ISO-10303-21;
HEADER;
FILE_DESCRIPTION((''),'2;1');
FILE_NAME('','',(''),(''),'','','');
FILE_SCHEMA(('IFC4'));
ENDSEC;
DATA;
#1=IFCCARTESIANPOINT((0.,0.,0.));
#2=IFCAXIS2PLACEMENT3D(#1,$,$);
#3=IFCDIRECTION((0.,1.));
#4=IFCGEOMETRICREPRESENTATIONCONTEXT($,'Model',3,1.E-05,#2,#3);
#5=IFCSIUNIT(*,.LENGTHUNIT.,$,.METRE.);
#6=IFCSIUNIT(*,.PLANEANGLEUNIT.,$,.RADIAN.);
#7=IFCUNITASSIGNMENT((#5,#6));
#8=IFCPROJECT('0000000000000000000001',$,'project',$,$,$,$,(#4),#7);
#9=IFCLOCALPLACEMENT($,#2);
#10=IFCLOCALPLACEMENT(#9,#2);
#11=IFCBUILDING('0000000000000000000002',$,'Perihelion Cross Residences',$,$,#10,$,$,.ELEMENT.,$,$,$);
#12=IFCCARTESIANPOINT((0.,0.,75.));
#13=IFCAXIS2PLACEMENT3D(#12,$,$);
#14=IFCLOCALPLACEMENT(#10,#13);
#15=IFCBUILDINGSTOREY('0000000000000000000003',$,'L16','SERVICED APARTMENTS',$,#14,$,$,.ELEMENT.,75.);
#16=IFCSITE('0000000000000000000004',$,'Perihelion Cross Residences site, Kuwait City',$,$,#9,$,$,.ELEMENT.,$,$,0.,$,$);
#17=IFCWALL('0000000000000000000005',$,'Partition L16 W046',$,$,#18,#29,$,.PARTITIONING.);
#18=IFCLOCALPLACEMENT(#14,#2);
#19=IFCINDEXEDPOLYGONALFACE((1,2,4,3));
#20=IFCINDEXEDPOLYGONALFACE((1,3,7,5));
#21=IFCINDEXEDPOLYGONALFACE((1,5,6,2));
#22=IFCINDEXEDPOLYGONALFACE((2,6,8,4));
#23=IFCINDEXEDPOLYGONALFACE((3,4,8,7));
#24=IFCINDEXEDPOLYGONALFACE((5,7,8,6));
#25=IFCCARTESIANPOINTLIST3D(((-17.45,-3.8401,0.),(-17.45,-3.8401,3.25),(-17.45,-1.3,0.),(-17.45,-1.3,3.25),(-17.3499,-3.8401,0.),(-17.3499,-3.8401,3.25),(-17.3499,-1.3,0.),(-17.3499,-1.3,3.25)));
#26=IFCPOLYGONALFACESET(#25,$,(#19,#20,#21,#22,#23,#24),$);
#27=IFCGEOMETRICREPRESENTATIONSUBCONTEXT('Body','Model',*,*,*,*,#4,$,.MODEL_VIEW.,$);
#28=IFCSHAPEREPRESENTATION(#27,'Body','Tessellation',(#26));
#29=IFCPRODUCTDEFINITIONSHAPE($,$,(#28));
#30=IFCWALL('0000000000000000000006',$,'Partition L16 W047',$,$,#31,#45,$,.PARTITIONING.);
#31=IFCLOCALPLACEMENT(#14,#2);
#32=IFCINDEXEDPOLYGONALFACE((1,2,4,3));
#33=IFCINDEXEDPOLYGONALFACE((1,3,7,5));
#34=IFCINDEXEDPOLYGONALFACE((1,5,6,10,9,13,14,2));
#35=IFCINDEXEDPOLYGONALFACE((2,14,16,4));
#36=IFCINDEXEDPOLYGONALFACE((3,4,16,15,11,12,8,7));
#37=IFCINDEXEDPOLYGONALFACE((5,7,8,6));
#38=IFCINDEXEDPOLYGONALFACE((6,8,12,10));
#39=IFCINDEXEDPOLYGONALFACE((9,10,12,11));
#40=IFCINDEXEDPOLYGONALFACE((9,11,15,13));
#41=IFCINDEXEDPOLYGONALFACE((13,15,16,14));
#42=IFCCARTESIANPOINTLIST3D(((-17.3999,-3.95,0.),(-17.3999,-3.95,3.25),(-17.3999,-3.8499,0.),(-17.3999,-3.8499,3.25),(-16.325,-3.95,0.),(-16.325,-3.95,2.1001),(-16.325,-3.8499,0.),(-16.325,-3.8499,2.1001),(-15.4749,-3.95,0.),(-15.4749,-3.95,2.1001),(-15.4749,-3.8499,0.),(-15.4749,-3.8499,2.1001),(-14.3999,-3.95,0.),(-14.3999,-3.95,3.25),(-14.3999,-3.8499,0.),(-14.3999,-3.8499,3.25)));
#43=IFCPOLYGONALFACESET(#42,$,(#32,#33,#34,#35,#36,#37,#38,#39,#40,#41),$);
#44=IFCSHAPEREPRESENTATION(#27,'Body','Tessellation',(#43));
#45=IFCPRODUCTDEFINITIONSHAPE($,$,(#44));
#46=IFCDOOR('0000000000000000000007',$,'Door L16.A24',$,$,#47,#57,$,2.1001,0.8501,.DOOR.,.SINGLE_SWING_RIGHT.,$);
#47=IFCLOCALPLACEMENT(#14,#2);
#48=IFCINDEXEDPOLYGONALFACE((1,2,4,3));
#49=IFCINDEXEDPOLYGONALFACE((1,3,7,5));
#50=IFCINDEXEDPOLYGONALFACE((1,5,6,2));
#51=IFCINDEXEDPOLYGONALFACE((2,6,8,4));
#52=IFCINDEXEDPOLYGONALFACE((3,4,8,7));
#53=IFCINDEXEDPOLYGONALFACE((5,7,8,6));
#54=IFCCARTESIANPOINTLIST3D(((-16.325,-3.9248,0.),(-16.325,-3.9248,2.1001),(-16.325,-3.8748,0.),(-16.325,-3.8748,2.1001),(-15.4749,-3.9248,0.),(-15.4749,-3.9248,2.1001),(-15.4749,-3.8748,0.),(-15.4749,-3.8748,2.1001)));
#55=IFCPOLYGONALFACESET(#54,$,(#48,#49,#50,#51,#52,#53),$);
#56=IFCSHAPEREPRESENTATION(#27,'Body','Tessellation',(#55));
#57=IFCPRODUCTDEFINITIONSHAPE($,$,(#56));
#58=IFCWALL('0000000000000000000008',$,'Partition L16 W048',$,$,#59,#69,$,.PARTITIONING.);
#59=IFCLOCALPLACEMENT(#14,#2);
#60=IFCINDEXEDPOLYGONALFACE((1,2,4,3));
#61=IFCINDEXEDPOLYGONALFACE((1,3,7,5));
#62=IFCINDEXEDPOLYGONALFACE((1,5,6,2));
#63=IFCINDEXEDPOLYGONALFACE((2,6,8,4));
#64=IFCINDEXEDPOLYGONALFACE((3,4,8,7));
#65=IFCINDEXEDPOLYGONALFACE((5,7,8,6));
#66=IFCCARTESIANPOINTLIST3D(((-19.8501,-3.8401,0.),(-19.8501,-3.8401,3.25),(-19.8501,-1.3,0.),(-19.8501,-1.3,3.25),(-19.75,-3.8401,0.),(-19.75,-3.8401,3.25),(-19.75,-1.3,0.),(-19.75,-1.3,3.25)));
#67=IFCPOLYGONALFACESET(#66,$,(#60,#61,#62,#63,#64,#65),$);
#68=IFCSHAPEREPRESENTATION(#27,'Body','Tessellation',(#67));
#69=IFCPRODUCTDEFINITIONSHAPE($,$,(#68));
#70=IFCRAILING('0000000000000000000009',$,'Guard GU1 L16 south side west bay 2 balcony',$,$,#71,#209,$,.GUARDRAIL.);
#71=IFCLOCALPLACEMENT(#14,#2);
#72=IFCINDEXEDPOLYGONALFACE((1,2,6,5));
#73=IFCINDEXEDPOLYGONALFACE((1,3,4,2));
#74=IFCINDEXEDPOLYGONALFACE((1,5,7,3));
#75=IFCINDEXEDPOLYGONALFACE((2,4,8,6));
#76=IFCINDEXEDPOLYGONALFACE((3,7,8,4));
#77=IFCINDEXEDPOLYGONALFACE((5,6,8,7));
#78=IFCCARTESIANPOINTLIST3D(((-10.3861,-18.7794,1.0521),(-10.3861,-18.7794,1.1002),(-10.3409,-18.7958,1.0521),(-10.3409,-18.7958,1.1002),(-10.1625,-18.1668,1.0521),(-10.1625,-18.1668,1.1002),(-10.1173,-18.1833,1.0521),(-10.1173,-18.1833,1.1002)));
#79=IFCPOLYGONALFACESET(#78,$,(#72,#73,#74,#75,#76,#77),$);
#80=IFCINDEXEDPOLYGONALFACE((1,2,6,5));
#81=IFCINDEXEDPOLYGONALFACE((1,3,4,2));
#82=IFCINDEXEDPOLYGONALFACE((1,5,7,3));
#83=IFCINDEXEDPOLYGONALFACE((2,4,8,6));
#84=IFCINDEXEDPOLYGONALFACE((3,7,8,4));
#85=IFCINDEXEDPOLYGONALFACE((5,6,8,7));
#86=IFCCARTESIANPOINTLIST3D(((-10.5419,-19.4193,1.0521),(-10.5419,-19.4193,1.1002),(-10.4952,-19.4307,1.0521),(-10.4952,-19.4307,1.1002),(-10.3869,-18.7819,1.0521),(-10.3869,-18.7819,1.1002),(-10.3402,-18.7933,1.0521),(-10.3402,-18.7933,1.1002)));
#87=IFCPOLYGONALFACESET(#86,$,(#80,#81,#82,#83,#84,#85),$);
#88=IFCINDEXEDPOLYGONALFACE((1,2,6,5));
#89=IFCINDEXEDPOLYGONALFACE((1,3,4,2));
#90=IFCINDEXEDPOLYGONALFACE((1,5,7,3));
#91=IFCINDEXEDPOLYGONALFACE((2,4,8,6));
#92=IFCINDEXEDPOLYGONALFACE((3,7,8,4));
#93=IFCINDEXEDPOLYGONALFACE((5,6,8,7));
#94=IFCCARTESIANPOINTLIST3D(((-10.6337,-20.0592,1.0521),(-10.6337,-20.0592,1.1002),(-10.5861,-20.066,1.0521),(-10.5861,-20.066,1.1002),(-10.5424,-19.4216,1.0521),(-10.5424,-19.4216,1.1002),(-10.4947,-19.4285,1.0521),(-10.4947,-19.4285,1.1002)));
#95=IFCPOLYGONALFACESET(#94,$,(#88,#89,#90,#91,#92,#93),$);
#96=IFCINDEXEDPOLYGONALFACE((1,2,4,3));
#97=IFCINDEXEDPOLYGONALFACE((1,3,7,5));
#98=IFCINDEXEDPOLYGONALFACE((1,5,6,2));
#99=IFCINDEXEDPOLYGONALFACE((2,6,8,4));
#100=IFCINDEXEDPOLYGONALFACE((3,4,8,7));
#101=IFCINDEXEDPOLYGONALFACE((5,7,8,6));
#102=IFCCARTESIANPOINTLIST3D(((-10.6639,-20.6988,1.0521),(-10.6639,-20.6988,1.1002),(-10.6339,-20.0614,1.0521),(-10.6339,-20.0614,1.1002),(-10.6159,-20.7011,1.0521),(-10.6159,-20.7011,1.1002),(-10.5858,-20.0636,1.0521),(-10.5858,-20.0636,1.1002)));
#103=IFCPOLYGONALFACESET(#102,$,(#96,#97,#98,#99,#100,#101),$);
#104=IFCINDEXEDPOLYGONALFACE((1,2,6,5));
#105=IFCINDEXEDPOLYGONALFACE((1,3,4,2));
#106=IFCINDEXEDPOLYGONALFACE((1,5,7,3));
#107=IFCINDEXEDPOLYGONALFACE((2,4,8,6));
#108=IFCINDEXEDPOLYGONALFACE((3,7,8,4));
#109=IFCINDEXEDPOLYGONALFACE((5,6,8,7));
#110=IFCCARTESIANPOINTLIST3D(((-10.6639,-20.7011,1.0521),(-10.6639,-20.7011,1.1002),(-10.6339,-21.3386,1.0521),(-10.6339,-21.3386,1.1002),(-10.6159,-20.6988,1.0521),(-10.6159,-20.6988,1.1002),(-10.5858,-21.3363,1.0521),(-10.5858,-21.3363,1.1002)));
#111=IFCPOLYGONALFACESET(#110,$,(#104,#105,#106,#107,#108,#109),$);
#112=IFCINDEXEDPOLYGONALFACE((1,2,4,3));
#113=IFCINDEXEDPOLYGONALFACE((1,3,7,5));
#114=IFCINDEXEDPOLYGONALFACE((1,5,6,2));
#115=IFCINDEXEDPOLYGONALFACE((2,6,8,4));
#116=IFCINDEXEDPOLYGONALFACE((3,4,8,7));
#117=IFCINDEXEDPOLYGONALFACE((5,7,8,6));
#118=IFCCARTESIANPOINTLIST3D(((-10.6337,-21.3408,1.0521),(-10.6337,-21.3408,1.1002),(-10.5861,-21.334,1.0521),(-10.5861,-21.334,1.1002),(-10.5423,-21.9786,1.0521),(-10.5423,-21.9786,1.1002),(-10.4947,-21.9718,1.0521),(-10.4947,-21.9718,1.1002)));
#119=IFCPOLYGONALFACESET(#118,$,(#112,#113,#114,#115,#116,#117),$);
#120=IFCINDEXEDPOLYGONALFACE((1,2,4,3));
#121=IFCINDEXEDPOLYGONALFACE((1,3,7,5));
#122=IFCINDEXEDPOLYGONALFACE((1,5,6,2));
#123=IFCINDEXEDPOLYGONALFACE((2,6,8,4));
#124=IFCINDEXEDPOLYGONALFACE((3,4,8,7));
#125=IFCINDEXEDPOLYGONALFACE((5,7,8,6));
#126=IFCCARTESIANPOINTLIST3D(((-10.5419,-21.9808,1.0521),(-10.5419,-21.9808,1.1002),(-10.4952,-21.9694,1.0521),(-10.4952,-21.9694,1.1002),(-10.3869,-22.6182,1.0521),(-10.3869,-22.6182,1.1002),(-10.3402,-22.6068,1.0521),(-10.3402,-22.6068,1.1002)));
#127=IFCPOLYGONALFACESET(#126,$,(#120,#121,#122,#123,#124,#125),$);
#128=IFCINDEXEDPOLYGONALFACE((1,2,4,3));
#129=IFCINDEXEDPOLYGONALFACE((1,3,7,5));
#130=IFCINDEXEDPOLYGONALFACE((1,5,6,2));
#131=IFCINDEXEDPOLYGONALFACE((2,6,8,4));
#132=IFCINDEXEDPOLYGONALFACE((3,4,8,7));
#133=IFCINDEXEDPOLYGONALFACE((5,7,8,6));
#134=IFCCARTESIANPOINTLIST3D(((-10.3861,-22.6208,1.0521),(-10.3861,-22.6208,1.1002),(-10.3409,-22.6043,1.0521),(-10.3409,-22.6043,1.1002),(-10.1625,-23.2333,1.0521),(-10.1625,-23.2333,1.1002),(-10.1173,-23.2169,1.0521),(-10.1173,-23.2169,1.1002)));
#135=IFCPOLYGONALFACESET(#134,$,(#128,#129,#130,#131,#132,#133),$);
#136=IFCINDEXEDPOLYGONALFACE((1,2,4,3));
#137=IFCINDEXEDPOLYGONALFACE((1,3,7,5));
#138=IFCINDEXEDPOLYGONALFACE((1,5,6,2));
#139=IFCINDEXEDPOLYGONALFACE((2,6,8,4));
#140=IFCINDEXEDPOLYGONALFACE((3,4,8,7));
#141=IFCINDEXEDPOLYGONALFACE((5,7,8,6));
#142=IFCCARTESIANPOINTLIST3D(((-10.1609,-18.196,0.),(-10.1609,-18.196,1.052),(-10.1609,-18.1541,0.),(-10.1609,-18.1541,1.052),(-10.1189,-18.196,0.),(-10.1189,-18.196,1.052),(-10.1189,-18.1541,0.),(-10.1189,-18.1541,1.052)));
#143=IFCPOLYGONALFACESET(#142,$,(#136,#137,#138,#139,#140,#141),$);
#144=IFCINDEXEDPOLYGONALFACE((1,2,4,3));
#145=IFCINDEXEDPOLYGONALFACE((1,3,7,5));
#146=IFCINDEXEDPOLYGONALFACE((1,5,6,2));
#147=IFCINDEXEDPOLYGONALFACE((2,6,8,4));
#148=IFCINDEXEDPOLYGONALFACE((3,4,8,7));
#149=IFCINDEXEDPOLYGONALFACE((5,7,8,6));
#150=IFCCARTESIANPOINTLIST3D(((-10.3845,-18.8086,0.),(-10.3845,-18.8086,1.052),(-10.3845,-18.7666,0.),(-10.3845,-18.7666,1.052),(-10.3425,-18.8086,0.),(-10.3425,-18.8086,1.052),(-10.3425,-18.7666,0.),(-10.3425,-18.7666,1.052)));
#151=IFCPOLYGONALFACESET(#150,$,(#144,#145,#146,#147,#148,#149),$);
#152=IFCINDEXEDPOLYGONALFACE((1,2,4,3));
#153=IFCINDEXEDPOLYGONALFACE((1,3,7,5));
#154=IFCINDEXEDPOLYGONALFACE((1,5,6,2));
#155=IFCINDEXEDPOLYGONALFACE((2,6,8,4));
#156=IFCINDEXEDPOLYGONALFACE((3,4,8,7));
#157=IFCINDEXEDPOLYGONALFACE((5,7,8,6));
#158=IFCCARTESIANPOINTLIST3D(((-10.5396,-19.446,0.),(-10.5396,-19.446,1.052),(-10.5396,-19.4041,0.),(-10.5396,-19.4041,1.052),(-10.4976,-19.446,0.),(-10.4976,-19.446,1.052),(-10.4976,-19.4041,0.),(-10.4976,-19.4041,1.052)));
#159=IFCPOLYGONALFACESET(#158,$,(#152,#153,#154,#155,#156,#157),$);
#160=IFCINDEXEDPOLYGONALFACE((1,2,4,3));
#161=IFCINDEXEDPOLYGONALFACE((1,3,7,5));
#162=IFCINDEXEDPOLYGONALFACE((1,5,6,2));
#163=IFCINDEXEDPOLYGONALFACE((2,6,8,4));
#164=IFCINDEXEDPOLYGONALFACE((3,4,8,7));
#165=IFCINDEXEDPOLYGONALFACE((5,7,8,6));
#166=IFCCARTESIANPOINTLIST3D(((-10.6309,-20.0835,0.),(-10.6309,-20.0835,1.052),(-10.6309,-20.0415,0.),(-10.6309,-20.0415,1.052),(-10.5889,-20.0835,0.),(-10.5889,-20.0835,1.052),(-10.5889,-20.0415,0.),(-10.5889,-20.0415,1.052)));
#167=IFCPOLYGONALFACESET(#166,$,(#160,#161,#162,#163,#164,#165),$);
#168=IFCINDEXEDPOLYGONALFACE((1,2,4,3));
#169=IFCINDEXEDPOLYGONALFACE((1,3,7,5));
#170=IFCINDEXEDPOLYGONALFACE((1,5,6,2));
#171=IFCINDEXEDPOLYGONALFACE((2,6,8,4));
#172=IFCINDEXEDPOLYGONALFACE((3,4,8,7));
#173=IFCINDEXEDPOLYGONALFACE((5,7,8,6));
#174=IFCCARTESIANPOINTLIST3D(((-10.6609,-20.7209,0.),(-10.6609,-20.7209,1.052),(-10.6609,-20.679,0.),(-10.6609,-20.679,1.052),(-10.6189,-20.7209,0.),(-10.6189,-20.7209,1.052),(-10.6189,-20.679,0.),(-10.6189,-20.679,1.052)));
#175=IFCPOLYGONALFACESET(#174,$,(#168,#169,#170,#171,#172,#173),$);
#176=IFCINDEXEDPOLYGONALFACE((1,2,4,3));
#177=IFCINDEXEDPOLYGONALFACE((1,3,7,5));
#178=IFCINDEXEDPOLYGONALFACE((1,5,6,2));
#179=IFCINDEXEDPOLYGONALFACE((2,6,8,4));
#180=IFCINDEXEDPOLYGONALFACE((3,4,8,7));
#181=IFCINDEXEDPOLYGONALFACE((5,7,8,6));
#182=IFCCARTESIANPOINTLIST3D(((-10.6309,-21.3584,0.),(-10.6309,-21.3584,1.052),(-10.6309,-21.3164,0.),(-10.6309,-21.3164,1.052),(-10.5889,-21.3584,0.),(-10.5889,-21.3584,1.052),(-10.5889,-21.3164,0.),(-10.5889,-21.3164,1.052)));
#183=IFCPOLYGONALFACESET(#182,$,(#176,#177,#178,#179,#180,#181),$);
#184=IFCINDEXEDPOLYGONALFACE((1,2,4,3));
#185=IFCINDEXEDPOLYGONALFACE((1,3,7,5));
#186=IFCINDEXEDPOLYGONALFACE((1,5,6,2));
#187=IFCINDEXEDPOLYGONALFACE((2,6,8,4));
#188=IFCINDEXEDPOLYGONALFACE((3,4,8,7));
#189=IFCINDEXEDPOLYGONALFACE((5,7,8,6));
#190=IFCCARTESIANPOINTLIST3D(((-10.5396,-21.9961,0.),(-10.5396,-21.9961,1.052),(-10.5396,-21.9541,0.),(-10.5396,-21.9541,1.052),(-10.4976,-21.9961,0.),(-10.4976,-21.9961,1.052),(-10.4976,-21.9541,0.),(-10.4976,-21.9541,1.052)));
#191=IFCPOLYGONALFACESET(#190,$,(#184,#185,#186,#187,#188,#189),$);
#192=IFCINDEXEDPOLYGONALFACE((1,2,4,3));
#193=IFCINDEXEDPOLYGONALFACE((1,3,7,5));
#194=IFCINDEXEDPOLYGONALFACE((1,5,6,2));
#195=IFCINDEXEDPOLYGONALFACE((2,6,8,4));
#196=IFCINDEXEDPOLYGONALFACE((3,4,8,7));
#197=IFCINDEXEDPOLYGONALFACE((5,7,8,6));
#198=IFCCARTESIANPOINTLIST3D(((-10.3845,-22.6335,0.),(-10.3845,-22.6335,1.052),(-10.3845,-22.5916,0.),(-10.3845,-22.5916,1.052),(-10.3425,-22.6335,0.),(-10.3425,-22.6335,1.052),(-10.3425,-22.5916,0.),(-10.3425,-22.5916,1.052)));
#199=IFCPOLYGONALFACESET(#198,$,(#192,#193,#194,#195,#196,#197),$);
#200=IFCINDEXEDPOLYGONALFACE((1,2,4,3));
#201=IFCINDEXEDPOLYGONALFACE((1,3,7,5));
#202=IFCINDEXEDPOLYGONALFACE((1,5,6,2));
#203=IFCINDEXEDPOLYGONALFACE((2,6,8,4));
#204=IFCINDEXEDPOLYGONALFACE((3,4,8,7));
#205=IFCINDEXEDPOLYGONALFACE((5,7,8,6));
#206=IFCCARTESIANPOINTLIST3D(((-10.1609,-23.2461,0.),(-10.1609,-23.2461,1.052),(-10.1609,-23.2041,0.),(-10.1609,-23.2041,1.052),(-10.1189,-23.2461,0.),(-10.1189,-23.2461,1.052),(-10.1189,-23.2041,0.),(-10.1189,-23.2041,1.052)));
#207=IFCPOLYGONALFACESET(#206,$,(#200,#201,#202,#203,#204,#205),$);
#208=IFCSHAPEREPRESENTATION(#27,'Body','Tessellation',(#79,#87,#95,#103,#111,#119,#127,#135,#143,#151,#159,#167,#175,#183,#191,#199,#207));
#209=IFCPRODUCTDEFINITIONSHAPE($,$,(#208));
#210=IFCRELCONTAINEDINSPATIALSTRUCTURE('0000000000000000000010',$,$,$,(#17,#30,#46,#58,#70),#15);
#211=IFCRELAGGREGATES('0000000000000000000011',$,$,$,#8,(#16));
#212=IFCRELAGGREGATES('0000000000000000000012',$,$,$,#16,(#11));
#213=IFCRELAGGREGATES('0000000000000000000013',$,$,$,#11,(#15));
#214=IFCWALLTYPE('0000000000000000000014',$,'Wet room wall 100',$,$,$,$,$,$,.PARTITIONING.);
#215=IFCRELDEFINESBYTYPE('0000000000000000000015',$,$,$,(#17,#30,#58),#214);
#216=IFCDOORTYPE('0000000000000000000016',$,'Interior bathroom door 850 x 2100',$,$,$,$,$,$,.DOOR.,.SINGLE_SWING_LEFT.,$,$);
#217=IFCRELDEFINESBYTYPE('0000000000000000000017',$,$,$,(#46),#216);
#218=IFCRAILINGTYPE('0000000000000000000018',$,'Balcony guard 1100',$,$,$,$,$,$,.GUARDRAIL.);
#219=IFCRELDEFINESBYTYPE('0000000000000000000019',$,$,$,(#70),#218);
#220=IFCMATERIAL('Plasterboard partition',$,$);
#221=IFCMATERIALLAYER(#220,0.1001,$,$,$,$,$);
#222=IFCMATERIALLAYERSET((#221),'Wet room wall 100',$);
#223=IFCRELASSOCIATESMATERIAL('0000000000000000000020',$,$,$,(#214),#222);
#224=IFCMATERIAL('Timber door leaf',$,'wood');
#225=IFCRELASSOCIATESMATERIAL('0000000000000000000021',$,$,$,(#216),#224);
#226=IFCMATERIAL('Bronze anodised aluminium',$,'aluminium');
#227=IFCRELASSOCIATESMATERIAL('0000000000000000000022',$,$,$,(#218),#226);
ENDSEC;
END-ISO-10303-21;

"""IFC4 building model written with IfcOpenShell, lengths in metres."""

from ifc_helpers import new_model, si_unit, direction, frame, frame_2d, origin, origin_2d, place, context, subcontext, project, spatial, rectangle, extrude, material, layer, layer_set, type_object, element, fill, save


model = new_model("IFC4")

# Units and contexts
model_context = context("Model", 3, precision=1e-05, world=origin(), true_north=direction((0.0, 1.0)))
body_context = subcontext(model_context, "Body", "Model", "MODEL_VIEW")
ifc_project = project(units=[si_unit("LENGTHUNIT", "METRE"), si_unit("PLANEANGLEUNIT", "RADIAN")], contexts=[model_context])

# Site, building, storey
site_placement = place(None, origin())
site = spatial("IfcSite", under=ifc_project, at=site_placement, Name="Perihelion Cross Residences site, Kuwait City", CompositionType="ELEMENT", RefElevation=0.0)
building_placement = place(site_placement, origin())
building = spatial("IfcBuilding", under=site, at=building_placement, Name="Perihelion Cross Residences", CompositionType="ELEMENT")
storey_placement = place(building_placement, frame((0.0, 0.0, 75.0)))
storey = spatial("IfcBuildingStorey", under=building, at=storey_placement, Name="L16", Description="SERVICED APARTMENTS", CompositionType="ELEMENT", Elevation=75.0)

# Wall
ifc_material_1 = material(Name="Plasterboard partition")
ifc_layer_1 = layer(ifc_material_1, 0.1001)
ifc_layer_set_1 = layer_set([ifc_layer_1], Name="Wet room wall 100")
wall_type_1 = type_object("IfcWallType", Name="Wet room wall 100", PredefinedType="PARTITIONING", material=ifc_layer_set_1)
for number, where, z_axis, x_axis, name in (
    (1, (-17.3999, -3.8401, 0.0), (0.0, 0.0, 1.0), (0.0, 1.0, 0.0), "Partition L16 W046"),
):
    element("IfcWall", number, at=place(storey_placement, frame(where, z_axis=z_axis, x_axis=x_axis)), inside=storey, type_object=wall_type_1, Name=name, PredefinedType="PARTITIONING", context=body_context, shape_type="SweptSolid", body=[
        extrude(rectangle(XDim=2.54, YDim=0.1001, at=frame_2d((1.27, 0.0))), origin(), (0.0, 0.0, 1.0), 3.25),
    ])

# Wall, opening, door
wall_1_placement = place(storey_placement, frame((-14.3999, -3.8999, 0.0), z_axis=(0.0, 0.0, 1.0), x_axis=(-1.0, 0.0, 0.0)))
wall_1 = element("IfcWall", 2, at=wall_1_placement, inside=storey, type_object=wall_type_1, Name="Partition L16 W047", PredefinedType="PARTITIONING", context=body_context, shape_type="SweptSolid", body=[
    extrude(rectangle(XDim=3.0, YDim=0.1001, at=frame_2d((1.5, 0.0))), origin(), (0.0, 0.0, 1.0), 3.25),
])
opening_1_placement = place(wall_1_placement, frame((1.075, 0.0, 0.0)))
opening_1 = element("IfcOpeningElement", 3, at=opening_1_placement, cuts=wall_1, PredefinedType="OPENING", context=body_context, shape_type="SweptSolid", body=[
    extrude(rectangle(XDim=0.8501, YDim=2.1001, at=frame_2d((0.425, 1.05))), frame((0.0, 0.0601, 0.0), z_axis=(0.0, -1.0, 0.0), x_axis=(1.0, 0.0, 0.0)), (0.0, 0.0, 1.0), 0.1201),
])
ifc_material_2 = material(Name="Timber door leaf", Category="wood")
door_type_1 = type_object("IfcDoorType", Name="Interior bathroom door 850 x 2100", OperationType="SINGLE_SWING_LEFT", PredefinedType="DOOR", material=ifc_material_2)
door_1_placement = place(opening_1_placement, origin())
door_1 = element("IfcDoor", 4, at=door_1_placement, inside=storey, type_object=door_type_1, Name="Door L16.A24", OperationType="SINGLE_SWING_RIGHT", OverallHeight=2.1001, OverallWidth=0.8501, PredefinedType="DOOR", context=body_context, shape_type="SweptSolid", body=[
    extrude(rectangle(XDim=0.8501, YDim=2.1001, at=frame_2d((0.425, 1.05))), frame((0.0, 0.0249, 0.0), z_axis=(0.0, -1.0, 0.0), x_axis=(1.0, 0.0, 0.0)), (0.0, 0.0, 1.0), 0.05),
])
fill(opening_1, door_1)

# Wall
wall_2_placement = place(storey_placement, frame((-19.8, -3.8401, 0.0), z_axis=(0.0, 0.0, 1.0), x_axis=(0.0, 1.0, 0.0)))
element("IfcWall", 5, at=wall_2_placement, inside=storey, type_object=wall_type_1, Name="Partition L16 W048", PredefinedType="PARTITIONING", context=body_context, shape_type="SweptSolid", body=[
    extrude(rectangle(XDim=2.54, YDim=0.1001, at=frame_2d((1.27, 0.0))), origin(), (0.0, 0.0, 1.0), 3.25),
])

# Railing
ifc_material_3 = material(Name="Bronze anodised aluminium", Category="aluminium")
railing_type = type_object("IfcRailingType", Name="Balcony guard 1100", PredefinedType="GUARDRAIL", material=ifc_material_3)
railing_1_placement = place(storey_placement, frame((-10.1399, -18.175, 0.0)))
element("IfcRailing", 6, at=railing_1_placement, inside=storey, type_object=railing_type, Name="Guard GU1 L16 south side west bay 2 balcony", PredefinedType="GUARDRAIL", context=body_context, shape_type="SweptSolid", body=[
    extrude(rectangle(XDim=0.0481, YDim=0.0481, at=origin_2d()), frame((0.0, 0.0, 1.0762), z_axis=(-0.342945, -0.939355, 0.0), x_axis=(0.939355, -0.342945, 0.0)), (0.0, 0.0, 1.0), 0.6521),
    extrude(rectangle(XDim=0.0481, YDim=0.0481, at=origin_2d()), frame((-0.2236, -0.6125, 1.0762), z_axis=(-0.236314, -0.971677, 0.0), x_axis=(0.971677, -0.236314, 0.0)), (0.0, 0.0, 1.0), 0.656),
    extrude(rectangle(XDim=0.0481, YDim=0.0481, at=origin_2d()), frame((-0.3787, -1.25, 1.0762), z_axis=(-0.141793, -0.989896, 0.0), x_axis=(0.989896, -0.141793, 0.0)), (0.0, 0.0, 1.0), 0.644),
    extrude(rectangle(XDim=0.0481, YDim=0.0481, at=origin_2d()), frame((-0.47, -1.8875, 1.0762), z_axis=(-0.047056, -0.998892, 0.0), x_axis=(0.998892, -0.047056, 0.0)), (0.0, 0.0, 1.0), 0.6382),
    extrude(rectangle(XDim=0.0481, YDim=0.0481, at=origin_2d()), frame((-0.5, -2.5249, 1.0762), z_axis=(0.047056, -0.998892, 0.0), x_axis=(0.998892, 0.047056, 0.0)), (0.0, 0.0, 1.0), 0.6382),
    extrude(rectangle(XDim=0.0481, YDim=0.0481, at=origin_2d()), frame((-0.47, -3.1624, 1.0762), z_axis=(0.14174, -0.989904, 0.0), x_axis=(0.989904, 0.14174, 0.0)), (0.0, 0.0, 1.0), 0.6443),
    extrude(rectangle(XDim=0.0481, YDim=0.0481, at=origin_2d()), frame((-0.3787, -3.8, 1.0762), z_axis=(0.236314, -0.971677, 0.0), x_axis=(0.971677, 0.236314, 0.0)), (0.0, 0.0, 1.0), 0.656),
    extrude(rectangle(XDim=0.0481, YDim=0.0481, at=origin_2d()), frame((-0.2236, -4.4375, 1.0762), z_axis=(0.342945, -0.939355, 0.0), x_axis=(0.939355, 0.342945, 0.0)), (0.0, 0.0, 1.0), 0.6521),
    extrude(rectangle(XDim=0.042, YDim=0.042, at=origin_2d()), origin(), (0.0, 0.0, 1.0), 1.052),
    extrude(rectangle(XDim=0.042, YDim=0.042, at=origin_2d()), frame((-0.2236, -0.6125, 0.0)), (0.0, 0.0, 1.0), 1.052),
    extrude(rectangle(XDim=0.042, YDim=0.042, at=origin_2d()), frame((-0.3787, -1.25, 0.0)), (0.0, 0.0, 1.0), 1.052),
    extrude(rectangle(XDim=0.042, YDim=0.042, at=origin_2d()), frame((-0.47, -1.8875, 0.0)), (0.0, 0.0, 1.0), 1.052),
    extrude(rectangle(XDim=0.042, YDim=0.042, at=origin_2d()), frame((-0.5, -2.5249, 0.0)), (0.0, 0.0, 1.0), 1.052),
    extrude(rectangle(XDim=0.042, YDim=0.042, at=origin_2d()), frame((-0.47, -3.1624, 0.0)), (0.0, 0.0, 1.0), 1.052),
    extrude(rectangle(XDim=0.042, YDim=0.042, at=origin_2d()), frame((-0.3787, -3.8, 0.0)), (0.0, 0.0, 1.0), 1.052),
    extrude(rectangle(XDim=0.042, YDim=0.042, at=origin_2d()), frame((-0.2236, -4.4375, 0.0)), (0.0, 0.0, 1.0), 1.052),
    extrude(rectangle(XDim=0.042, YDim=0.042, at=origin_2d()), frame((0.0, -5.05, 0.0)), (0.0, 0.0, 1.0), 1.052),
])

save(model, "model.ifc")
